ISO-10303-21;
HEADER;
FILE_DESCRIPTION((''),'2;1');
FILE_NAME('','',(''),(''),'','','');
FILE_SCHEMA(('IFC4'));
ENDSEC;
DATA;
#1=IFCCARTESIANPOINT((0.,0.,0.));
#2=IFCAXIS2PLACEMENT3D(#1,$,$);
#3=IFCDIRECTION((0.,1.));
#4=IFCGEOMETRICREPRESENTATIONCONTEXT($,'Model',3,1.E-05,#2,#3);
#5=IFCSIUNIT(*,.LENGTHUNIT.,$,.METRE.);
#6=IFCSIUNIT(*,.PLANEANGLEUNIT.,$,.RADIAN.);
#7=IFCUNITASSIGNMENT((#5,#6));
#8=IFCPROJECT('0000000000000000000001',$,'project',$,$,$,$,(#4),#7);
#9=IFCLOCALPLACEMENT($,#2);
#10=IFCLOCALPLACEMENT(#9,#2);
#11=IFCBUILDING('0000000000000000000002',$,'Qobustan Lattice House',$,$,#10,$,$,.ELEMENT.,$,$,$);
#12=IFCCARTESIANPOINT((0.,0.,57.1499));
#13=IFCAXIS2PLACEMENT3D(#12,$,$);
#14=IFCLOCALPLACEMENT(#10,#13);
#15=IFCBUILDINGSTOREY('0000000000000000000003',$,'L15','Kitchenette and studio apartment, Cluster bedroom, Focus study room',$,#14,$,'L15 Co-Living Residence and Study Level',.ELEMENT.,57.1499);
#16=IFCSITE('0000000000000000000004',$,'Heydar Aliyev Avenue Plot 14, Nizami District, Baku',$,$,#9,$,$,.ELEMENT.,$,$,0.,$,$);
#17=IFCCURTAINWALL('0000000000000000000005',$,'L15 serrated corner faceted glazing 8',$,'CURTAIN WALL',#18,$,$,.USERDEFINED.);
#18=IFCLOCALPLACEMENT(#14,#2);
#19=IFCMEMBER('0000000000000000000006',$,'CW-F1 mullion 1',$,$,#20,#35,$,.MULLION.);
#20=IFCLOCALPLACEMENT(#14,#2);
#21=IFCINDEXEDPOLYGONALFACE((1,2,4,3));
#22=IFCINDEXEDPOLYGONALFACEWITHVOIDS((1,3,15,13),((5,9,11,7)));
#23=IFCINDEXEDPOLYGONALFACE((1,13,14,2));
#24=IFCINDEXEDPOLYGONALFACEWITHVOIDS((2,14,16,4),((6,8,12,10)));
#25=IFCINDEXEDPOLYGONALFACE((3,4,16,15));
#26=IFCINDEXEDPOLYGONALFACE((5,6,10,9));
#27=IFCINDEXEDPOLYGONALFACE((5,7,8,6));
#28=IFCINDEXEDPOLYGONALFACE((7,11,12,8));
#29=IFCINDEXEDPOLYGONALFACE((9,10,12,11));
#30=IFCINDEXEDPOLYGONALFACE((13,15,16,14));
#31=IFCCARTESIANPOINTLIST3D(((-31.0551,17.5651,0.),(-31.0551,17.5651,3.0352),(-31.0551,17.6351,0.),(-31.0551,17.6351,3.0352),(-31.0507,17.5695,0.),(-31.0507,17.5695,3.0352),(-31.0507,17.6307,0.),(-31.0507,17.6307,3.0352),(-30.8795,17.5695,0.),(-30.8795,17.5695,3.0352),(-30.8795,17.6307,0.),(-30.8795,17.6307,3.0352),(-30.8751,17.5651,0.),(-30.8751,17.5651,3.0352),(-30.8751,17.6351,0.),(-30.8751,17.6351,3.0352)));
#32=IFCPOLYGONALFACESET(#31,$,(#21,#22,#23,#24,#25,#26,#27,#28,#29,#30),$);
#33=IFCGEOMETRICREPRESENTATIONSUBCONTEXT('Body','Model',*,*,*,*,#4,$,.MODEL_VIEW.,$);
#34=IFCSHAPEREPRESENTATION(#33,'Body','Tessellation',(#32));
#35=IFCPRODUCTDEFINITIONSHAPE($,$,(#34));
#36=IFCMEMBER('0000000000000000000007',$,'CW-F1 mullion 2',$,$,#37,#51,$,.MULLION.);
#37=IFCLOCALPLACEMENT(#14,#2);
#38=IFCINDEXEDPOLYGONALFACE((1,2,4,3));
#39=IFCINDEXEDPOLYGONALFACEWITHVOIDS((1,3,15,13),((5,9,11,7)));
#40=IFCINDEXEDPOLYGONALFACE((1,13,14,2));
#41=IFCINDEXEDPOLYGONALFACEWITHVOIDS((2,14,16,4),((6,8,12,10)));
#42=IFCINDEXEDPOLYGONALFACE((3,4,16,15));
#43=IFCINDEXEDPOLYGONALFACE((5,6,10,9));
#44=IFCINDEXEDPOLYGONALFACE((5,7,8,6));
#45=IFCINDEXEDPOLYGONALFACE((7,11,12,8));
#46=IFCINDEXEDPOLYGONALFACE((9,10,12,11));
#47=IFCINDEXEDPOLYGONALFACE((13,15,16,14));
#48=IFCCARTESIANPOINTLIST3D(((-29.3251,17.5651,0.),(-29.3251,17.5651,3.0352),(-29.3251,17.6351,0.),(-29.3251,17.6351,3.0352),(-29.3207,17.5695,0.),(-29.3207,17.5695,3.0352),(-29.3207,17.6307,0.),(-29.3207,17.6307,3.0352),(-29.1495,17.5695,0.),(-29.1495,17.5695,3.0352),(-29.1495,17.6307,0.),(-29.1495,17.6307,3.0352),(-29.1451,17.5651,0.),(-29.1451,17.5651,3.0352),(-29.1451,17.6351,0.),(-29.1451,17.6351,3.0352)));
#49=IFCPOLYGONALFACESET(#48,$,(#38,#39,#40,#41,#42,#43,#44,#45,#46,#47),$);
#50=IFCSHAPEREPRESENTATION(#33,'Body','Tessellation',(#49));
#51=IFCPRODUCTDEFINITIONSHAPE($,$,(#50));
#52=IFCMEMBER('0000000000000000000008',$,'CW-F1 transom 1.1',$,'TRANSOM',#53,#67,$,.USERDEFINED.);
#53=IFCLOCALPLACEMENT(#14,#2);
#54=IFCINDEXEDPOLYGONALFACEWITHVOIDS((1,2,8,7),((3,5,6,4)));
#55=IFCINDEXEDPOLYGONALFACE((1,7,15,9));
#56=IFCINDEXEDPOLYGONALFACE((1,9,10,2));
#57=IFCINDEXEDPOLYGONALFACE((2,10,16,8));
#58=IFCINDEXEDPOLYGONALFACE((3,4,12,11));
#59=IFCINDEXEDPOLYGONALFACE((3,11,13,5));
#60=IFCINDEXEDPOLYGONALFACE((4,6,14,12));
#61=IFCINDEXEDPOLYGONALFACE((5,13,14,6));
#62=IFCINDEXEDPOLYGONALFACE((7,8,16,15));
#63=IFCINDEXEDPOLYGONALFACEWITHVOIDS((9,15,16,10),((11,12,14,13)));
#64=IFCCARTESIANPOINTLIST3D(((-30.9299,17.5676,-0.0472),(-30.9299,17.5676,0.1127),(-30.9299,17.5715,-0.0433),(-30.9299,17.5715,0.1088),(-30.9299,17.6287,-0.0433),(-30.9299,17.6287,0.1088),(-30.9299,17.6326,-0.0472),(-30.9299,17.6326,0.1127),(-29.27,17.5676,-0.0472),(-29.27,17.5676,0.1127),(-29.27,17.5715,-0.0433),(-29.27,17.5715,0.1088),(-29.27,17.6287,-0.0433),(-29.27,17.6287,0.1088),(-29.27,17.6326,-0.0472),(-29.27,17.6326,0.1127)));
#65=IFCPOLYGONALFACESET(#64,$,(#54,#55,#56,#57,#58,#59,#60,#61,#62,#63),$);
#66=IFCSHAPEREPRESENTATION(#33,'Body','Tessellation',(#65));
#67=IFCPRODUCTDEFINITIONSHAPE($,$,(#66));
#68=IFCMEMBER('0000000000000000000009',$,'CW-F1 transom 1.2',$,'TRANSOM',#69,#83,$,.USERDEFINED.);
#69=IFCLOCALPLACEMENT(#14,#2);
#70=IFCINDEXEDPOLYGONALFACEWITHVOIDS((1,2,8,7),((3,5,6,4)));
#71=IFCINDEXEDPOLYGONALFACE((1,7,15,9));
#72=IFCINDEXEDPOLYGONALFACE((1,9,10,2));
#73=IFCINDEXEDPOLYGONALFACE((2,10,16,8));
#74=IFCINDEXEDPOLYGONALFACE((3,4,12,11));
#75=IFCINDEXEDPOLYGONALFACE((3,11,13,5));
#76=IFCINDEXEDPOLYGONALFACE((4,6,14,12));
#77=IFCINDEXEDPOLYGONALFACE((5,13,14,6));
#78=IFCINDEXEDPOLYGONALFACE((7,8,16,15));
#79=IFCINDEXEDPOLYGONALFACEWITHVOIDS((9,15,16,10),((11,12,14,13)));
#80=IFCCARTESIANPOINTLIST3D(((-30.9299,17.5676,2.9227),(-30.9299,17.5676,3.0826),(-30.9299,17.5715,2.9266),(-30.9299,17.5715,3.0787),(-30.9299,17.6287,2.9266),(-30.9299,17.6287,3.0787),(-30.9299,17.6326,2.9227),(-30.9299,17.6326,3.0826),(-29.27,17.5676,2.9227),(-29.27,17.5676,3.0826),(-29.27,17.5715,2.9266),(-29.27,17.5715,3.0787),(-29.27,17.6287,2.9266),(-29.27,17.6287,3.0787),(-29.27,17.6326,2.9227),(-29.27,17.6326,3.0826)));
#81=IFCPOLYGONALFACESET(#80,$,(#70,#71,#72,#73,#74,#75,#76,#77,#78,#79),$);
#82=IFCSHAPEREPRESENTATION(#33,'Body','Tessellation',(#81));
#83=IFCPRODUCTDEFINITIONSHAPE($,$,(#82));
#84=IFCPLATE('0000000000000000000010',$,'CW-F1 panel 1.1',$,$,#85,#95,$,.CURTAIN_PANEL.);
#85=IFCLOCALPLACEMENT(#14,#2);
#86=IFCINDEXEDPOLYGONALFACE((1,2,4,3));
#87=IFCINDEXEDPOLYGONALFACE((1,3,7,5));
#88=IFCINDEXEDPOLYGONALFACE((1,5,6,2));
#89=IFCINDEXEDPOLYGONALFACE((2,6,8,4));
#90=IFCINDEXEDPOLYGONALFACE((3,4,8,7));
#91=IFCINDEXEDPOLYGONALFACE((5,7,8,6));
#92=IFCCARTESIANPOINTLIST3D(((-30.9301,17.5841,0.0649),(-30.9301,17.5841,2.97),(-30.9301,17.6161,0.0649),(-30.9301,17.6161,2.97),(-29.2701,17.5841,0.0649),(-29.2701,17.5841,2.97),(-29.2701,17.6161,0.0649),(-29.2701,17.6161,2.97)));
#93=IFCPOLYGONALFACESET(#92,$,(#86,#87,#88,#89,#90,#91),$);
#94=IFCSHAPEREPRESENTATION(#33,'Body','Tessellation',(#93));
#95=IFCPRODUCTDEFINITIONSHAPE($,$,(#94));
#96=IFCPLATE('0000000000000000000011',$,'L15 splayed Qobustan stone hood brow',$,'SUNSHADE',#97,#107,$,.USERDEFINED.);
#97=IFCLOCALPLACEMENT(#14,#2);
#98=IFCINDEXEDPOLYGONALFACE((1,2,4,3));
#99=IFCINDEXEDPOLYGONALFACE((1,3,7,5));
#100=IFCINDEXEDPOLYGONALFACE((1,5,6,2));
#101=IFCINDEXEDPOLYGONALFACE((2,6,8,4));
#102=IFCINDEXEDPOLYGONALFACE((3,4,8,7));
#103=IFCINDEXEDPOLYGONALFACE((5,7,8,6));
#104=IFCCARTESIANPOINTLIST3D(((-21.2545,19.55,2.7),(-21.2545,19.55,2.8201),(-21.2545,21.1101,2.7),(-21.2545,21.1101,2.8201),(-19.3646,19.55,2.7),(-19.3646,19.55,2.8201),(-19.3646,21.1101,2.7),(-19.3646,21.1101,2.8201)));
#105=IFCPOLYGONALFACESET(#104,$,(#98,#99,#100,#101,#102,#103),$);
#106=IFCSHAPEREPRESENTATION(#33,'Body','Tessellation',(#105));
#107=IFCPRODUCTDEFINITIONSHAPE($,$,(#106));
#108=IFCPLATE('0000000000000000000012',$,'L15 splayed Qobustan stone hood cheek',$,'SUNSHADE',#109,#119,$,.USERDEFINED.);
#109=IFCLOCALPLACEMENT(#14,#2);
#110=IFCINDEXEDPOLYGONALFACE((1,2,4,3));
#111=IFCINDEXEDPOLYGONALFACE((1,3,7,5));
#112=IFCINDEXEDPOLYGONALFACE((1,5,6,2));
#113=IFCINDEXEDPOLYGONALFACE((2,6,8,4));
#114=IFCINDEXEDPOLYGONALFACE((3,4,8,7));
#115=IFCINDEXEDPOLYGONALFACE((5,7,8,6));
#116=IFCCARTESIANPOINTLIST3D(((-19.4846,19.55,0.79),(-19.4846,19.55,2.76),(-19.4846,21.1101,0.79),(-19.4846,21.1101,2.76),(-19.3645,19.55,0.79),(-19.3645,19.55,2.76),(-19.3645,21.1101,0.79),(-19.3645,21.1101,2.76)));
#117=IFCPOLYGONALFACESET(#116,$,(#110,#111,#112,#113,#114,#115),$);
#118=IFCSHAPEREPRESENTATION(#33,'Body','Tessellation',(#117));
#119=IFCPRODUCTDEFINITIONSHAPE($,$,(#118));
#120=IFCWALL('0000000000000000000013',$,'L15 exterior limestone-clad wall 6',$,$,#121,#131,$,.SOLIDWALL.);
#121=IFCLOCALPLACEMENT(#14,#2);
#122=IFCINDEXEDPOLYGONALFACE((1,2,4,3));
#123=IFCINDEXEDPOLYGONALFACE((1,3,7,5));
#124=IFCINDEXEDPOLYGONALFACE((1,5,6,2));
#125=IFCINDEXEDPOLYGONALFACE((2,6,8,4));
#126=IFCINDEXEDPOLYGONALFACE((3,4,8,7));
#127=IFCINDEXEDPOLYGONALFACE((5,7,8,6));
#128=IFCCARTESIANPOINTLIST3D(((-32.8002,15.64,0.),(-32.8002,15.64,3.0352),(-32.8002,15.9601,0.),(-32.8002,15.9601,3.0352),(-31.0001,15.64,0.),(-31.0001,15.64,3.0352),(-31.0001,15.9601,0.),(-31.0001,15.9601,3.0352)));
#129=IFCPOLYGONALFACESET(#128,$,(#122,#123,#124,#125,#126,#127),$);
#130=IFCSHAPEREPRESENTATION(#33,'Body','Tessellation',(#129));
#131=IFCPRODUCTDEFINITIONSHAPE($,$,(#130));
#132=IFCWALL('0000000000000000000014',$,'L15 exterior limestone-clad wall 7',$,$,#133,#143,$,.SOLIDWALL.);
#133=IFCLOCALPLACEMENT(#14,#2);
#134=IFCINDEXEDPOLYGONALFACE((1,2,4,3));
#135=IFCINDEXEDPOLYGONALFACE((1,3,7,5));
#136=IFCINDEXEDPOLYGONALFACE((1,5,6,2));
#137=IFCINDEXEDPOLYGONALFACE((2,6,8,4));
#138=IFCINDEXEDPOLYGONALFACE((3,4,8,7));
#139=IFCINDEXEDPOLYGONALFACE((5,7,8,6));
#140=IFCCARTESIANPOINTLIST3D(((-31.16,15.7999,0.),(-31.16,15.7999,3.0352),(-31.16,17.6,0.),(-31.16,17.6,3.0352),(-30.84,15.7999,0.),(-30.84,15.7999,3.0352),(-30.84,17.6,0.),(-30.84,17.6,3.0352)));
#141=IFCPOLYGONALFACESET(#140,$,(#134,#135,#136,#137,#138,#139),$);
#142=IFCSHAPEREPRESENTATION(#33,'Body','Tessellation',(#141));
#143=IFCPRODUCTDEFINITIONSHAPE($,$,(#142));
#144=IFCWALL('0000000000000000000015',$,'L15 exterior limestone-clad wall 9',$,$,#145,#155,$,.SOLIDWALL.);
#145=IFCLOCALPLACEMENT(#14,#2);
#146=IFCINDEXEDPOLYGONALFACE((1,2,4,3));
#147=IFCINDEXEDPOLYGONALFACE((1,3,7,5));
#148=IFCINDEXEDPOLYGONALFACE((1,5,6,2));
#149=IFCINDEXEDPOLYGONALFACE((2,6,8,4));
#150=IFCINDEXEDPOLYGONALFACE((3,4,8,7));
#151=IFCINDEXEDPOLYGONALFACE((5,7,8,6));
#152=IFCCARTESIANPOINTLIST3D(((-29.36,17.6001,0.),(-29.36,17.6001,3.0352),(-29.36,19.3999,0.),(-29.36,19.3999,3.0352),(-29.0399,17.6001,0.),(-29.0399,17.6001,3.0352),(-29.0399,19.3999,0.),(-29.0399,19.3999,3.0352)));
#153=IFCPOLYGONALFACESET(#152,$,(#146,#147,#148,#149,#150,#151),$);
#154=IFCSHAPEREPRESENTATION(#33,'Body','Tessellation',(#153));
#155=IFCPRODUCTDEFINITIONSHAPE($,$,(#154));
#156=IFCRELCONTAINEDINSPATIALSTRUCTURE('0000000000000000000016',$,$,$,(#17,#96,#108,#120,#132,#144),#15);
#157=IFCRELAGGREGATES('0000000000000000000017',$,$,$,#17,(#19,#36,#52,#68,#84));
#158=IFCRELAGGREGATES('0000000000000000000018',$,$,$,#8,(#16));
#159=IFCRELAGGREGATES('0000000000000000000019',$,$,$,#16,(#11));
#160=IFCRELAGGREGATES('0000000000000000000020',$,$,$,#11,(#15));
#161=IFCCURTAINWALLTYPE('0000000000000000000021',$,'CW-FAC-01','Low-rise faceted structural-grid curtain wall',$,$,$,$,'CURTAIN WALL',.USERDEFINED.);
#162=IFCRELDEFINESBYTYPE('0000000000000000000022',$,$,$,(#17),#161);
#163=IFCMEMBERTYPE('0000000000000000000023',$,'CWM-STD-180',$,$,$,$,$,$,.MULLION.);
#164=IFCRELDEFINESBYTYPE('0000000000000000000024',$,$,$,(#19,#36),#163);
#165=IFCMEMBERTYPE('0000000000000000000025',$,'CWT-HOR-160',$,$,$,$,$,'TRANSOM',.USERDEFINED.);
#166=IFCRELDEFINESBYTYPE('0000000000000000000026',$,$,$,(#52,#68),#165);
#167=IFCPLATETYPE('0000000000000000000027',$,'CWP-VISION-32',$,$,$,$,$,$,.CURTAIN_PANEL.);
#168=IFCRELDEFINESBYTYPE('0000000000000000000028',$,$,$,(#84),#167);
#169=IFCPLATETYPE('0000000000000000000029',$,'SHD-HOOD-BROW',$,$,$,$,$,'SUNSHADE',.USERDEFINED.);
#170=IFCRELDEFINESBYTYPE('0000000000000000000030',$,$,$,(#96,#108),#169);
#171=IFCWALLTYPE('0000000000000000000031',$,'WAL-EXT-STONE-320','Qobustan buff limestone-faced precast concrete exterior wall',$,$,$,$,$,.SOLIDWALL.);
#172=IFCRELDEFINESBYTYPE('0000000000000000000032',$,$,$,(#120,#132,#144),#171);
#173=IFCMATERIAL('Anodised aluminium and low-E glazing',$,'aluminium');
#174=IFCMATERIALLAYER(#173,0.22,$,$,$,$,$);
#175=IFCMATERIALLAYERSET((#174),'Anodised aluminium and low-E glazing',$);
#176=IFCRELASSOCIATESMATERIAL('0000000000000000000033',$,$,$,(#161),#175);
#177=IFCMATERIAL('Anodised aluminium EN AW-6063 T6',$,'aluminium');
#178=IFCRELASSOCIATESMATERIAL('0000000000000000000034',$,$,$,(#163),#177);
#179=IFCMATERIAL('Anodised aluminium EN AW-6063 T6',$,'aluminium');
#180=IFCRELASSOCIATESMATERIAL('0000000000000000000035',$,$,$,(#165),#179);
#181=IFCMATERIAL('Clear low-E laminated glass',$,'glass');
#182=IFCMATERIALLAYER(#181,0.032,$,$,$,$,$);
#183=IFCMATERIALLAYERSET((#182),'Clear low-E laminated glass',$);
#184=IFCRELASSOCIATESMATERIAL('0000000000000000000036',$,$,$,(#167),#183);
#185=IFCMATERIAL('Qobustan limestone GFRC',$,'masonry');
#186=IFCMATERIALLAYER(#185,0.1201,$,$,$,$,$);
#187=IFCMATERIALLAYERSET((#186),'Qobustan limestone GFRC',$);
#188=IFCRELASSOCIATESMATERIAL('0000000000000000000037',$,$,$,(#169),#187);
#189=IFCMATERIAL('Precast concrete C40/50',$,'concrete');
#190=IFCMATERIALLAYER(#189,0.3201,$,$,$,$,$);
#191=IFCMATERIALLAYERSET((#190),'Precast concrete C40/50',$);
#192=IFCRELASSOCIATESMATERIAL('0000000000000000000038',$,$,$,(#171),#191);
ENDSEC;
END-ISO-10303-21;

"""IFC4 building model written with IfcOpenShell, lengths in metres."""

from ifc_helpers import new_model, si_unit, direction, frame, frame_2d, origin, origin_2d, place, context, subcontext, project, spatial, rectangle, hollow_rectangle, extrude, material, layer, layer_set, material_profile, profile_set, type_object, element, aggregate, save


model = new_model("IFC4")

# Units and contexts
model_context = context("Model", 3, precision=1e-05, world=origin(), true_north=direction((0.0, 1.0)))
body_context = subcontext(model_context, "Body", "Model", "MODEL_VIEW")
ifc_project = project(units=[si_unit("LENGTHUNIT", "METRE"), si_unit("PLANEANGLEUNIT", "RADIAN")], contexts=[model_context])

# Site, building, storey
site_placement = place(None, origin())
site = spatial("IfcSite", under=ifc_project, at=site_placement, Name="Heydar Aliyev Avenue Plot 14, Nizami District, Baku", CompositionType="ELEMENT", RefElevation=0.0)
building_placement = place(site_placement, origin())
building = spatial("IfcBuilding", under=site, at=building_placement, Name="Qobustan Lattice House", CompositionType="ELEMENT")
storey_placement = place(building_placement, frame((0.0, 0.0, 57.1499)))
storey = spatial("IfcBuildingStorey", under=building, at=storey_placement, Name="L15", Description="Kitchenette and studio apartment, Cluster bedroom, Focus study room", LongName="L15 Co-Living Residence and Study Level", CompositionType="ELEMENT", Elevation=57.1499)

# Curtain wall, members, plate
ifc_material_1 = material(Name="Anodised aluminium and low-E glazing", Category="aluminium")
ifc_layer_1 = layer(ifc_material_1, 0.22)
ifc_layer_set_1 = layer_set([ifc_layer_1], Name="Anodised aluminium and low-E glazing")
curtain_wall_type = type_object("IfcCurtainWallType", Name="CW-FAC-01", Description="Low-rise faceted structural-grid curtain wall", ElementType="CURTAIN WALL", PredefinedType="USERDEFINED", material=ifc_layer_set_1)
curtain_wall_placement = place(storey_placement, origin())
curtain_wall = element("IfcCurtainWall", 1, at=curtain_wall_placement, inside=storey, type_object=curtain_wall_type, Name="L15 serrated corner faceted glazing 8", ObjectType="CURTAIN WALL", PredefinedType="USERDEFINED")
ifc_material_2 = material(Name="Anodised aluminium EN AW-6063 T6", Category="aluminium")
ifc_material_profile_1 = material_profile(ifc_material_2, hollow_rectangle(XDim=0.0701, YDim=0.1799, WallThickness=0.0044, at=origin_2d()), Name="CWM-180x70")
ifc_profile_set_1 = profile_set([ifc_material_profile_1], Name="Anodised aluminium EN AW-6063 T6")
member_type_1 = type_object("IfcMemberType", Name="CWM-STD-180", PredefinedType="MULLION", material=ifc_profile_set_1)
member_1_placement = place(storey_placement, frame((-30.9651, 17.6001, 0.0), z_axis=(0.0, 0.0, 1.0), x_axis=(0.0, 1.0, 0.0)))
member_1 = element("IfcMember", 2, at=member_1_placement, type_object=member_type_1, Name="CW-F1 mullion 1", PredefinedType="MULLION", context=body_context, shape_type="SweptSolid", body=[
    extrude(hollow_rectangle(XDim=0.0701, YDim=0.1799, WallThickness=0.0044, at=origin_2d()), origin(), (0.0, 0.0, 1.0), 3.0352),
])
member_2_placement = place(storey_placement, frame((-29.2351, 17.6001, 0.0), z_axis=(0.0, 0.0, 1.0), x_axis=(0.0, 1.0, 0.0)))
member_2 = element("IfcMember", 3, at=member_2_placement, type_object=member_type_1, Name="CW-F1 mullion 2", PredefinedType="MULLION", context=body_context, shape_type="SweptSolid", body=[
    extrude(hollow_rectangle(XDim=0.0701, YDim=0.1799, WallThickness=0.0044, at=origin_2d()), origin(), (0.0, 0.0, 1.0), 3.0352),
])
ifc_material_3 = material(Name="Anodised aluminium EN AW-6063 T6", Category="aluminium")
ifc_material_profile_2 = material_profile(ifc_material_3, hollow_rectangle(XDim=0.0649, YDim=0.1599, WallThickness=0.0039, at=origin_2d()), Name="CWT-160x65")
ifc_profile_set_2 = profile_set([ifc_material_profile_2], Name="Anodised aluminium EN AW-6063 T6")
member_type_2 = type_object("IfcMemberType", Name="CWT-HOR-160", ElementType="TRANSOM", PredefinedType="USERDEFINED", material=ifc_profile_set_2)
member_3_placement = place(storey_placement, frame((-30.9299, 17.6001, 0.0327), z_axis=(1.0, 0.0, 0.0), x_axis=(0.0, 1.0, 0.0)))
member_3 = element("IfcMember", 4, at=member_3_placement, type_object=member_type_2, Name="CW-F1 transom 1.1", ObjectType="TRANSOM", PredefinedType="USERDEFINED", context=body_context, shape_type="SweptSolid", body=[
    extrude(hollow_rectangle(XDim=0.0649, YDim=0.1599, WallThickness=0.0039, at=origin_2d()), origin(), (0.0, 0.0, 1.0), 1.6599),
])
member_4_placement = place(storey_placement, frame((-30.9299, 17.6001, 3.0027), z_axis=(1.0, 0.0, 0.0), x_axis=(0.0, 1.0, 0.0)))
member_4 = element("IfcMember", 5, at=member_4_placement, type_object=member_type_2, Name="CW-F1 transom 1.2", ObjectType="TRANSOM", PredefinedType="USERDEFINED", context=body_context, shape_type="SweptSolid", body=[
    extrude(hollow_rectangle(XDim=0.0649, YDim=0.1599, WallThickness=0.0039, at=origin_2d()), origin(), (0.0, 0.0, 1.0), 1.6599),
])
ifc_material_4 = material(Name="Clear low-E laminated glass", Category="glass")
ifc_layer_2 = layer(ifc_material_4, 0.032)
ifc_layer_set_2 = layer_set([ifc_layer_2], Name="Clear low-E laminated glass")
plate_type_1 = type_object("IfcPlateType", Name="CWP-VISION-32", PredefinedType="CURTAIN_PANEL", material=ifc_layer_set_2)
plate_1_placement = place(storey_placement, frame((-30.1001, 17.6001, 0.0649), z_axis=(0.0, 0.0, 1.0), x_axis=(1.0, 0.0, 0.0)))
plate_1 = element("IfcPlate", 6, at=plate_1_placement, type_object=plate_type_1, Name="CW-F1 panel 1.1", PredefinedType="CURTAIN_PANEL", context=body_context, shape_type="SweptSolid", body=[
    extrude(rectangle(XDim=1.6599, YDim=0.032, at=origin_2d()), origin(), (0.0, 0.0, 1.0), 2.905),
])
aggregate(curtain_wall, [member_1, member_2, member_3, member_4, plate_1])

# Plates
ifc_material_5 = material(Name="Qobustan limestone GFRC", Category="masonry")
ifc_layer_3 = layer(ifc_material_5, 0.1201)
ifc_layer_set_3 = layer_set([ifc_layer_3], Name="Qobustan limestone GFRC")
plate_type_2 = type_object("IfcPlateType", Name="SHD-HOOD-BROW", ElementType="SUNSHADE", PredefinedType="USERDEFINED", material=ifc_layer_set_3)
plate_2_placement = place(storey_placement, frame((-20.3096, 20.3301, 2.7), z_axis=(0.0, 0.0, 1.0), x_axis=(1.0, 0.0, 0.0)))
element("IfcPlate", 7, at=plate_2_placement, inside=storey, type_object=plate_type_2, Name="L15 splayed Qobustan stone hood brow", ObjectType="SUNSHADE", PredefinedType="USERDEFINED", context=body_context, shape_type="SweptSolid", body=[
    extrude(rectangle(XDim=1.8899, YDim=1.5601, at=origin_2d()), origin(), (0.0, 0.0, 1.0), 0.1201),
])
plate_3_placement = place(storey_placement, frame((-19.4246, 20.3301, 0.79), z_axis=(0.0, 0.0, 1.0), x_axis=(1.0, 0.0, 0.0)))
element("IfcPlate", 8, at=plate_3_placement, inside=storey, type_object=plate_type_2, Name="L15 splayed Qobustan stone hood cheek", ObjectType="SUNSHADE", PredefinedType="USERDEFINED", context=body_context, shape_type="SweptSolid", body=[
    extrude(rectangle(XDim=0.1201, YDim=1.5601, at=origin_2d()), origin(), (0.0, 0.0, 1.0), 1.97),
])

# Walls
ifc_material_6 = material(Name="Precast concrete C40/50", Category="concrete")
ifc_layer_4 = layer(ifc_material_6, 0.3201)
ifc_layer_set_4 = layer_set([ifc_layer_4], Name="Precast concrete C40/50")
wall_type = type_object("IfcWallType", Name="WAL-EXT-STONE-320", Description="Qobustan buff limestone-faced precast concrete exterior wall", PredefinedType="SOLIDWALL", material=ifc_layer_set_4)
for number, where, z_axis, x_axis, name in (
    (9, (-32.8, 15.8, 0.0), (0.0, 0.0, 1.0), (1.0, 0.0, 0.0), "L15 exterior limestone-clad wall 6"),
    (10, (-31.0, 15.8, 0.0), (0.0, 0.0, 1.0), (0.0, 1.0, 0.0), "L15 exterior limestone-clad wall 7"),
):
    element("IfcWall", number, at=place(storey_placement, frame(where, z_axis=z_axis, x_axis=x_axis)), inside=storey, type_object=wall_type, Name=name, PredefinedType="SOLIDWALL", context=body_context, shape_type="SweptSolid", body=[
        extrude(rectangle(XDim=1.8, YDim=0.3201, at=frame_2d((0.8999, 0.0))), origin(), (0.0, 0.0, 1.0), 3.0352),
    ])
wall_1_placement = place(storey_placement, frame((-29.2, 17.6001, 0.0), z_axis=(0.0, 0.0, 1.0), x_axis=(0.0, 1.0, 0.0)))
element("IfcWall", 11, at=wall_1_placement, inside=storey, type_object=wall_type, Name="L15 exterior limestone-clad wall 9", PredefinedType="SOLIDWALL", context=body_context, shape_type="SweptSolid", body=[
    extrude(rectangle(XDim=1.7998, YDim=0.3201, at=frame_2d((0.8999, 0.0))), origin(), (0.0, 0.0, 1.0), 3.0352),
])

save(model, "model.ifc")
